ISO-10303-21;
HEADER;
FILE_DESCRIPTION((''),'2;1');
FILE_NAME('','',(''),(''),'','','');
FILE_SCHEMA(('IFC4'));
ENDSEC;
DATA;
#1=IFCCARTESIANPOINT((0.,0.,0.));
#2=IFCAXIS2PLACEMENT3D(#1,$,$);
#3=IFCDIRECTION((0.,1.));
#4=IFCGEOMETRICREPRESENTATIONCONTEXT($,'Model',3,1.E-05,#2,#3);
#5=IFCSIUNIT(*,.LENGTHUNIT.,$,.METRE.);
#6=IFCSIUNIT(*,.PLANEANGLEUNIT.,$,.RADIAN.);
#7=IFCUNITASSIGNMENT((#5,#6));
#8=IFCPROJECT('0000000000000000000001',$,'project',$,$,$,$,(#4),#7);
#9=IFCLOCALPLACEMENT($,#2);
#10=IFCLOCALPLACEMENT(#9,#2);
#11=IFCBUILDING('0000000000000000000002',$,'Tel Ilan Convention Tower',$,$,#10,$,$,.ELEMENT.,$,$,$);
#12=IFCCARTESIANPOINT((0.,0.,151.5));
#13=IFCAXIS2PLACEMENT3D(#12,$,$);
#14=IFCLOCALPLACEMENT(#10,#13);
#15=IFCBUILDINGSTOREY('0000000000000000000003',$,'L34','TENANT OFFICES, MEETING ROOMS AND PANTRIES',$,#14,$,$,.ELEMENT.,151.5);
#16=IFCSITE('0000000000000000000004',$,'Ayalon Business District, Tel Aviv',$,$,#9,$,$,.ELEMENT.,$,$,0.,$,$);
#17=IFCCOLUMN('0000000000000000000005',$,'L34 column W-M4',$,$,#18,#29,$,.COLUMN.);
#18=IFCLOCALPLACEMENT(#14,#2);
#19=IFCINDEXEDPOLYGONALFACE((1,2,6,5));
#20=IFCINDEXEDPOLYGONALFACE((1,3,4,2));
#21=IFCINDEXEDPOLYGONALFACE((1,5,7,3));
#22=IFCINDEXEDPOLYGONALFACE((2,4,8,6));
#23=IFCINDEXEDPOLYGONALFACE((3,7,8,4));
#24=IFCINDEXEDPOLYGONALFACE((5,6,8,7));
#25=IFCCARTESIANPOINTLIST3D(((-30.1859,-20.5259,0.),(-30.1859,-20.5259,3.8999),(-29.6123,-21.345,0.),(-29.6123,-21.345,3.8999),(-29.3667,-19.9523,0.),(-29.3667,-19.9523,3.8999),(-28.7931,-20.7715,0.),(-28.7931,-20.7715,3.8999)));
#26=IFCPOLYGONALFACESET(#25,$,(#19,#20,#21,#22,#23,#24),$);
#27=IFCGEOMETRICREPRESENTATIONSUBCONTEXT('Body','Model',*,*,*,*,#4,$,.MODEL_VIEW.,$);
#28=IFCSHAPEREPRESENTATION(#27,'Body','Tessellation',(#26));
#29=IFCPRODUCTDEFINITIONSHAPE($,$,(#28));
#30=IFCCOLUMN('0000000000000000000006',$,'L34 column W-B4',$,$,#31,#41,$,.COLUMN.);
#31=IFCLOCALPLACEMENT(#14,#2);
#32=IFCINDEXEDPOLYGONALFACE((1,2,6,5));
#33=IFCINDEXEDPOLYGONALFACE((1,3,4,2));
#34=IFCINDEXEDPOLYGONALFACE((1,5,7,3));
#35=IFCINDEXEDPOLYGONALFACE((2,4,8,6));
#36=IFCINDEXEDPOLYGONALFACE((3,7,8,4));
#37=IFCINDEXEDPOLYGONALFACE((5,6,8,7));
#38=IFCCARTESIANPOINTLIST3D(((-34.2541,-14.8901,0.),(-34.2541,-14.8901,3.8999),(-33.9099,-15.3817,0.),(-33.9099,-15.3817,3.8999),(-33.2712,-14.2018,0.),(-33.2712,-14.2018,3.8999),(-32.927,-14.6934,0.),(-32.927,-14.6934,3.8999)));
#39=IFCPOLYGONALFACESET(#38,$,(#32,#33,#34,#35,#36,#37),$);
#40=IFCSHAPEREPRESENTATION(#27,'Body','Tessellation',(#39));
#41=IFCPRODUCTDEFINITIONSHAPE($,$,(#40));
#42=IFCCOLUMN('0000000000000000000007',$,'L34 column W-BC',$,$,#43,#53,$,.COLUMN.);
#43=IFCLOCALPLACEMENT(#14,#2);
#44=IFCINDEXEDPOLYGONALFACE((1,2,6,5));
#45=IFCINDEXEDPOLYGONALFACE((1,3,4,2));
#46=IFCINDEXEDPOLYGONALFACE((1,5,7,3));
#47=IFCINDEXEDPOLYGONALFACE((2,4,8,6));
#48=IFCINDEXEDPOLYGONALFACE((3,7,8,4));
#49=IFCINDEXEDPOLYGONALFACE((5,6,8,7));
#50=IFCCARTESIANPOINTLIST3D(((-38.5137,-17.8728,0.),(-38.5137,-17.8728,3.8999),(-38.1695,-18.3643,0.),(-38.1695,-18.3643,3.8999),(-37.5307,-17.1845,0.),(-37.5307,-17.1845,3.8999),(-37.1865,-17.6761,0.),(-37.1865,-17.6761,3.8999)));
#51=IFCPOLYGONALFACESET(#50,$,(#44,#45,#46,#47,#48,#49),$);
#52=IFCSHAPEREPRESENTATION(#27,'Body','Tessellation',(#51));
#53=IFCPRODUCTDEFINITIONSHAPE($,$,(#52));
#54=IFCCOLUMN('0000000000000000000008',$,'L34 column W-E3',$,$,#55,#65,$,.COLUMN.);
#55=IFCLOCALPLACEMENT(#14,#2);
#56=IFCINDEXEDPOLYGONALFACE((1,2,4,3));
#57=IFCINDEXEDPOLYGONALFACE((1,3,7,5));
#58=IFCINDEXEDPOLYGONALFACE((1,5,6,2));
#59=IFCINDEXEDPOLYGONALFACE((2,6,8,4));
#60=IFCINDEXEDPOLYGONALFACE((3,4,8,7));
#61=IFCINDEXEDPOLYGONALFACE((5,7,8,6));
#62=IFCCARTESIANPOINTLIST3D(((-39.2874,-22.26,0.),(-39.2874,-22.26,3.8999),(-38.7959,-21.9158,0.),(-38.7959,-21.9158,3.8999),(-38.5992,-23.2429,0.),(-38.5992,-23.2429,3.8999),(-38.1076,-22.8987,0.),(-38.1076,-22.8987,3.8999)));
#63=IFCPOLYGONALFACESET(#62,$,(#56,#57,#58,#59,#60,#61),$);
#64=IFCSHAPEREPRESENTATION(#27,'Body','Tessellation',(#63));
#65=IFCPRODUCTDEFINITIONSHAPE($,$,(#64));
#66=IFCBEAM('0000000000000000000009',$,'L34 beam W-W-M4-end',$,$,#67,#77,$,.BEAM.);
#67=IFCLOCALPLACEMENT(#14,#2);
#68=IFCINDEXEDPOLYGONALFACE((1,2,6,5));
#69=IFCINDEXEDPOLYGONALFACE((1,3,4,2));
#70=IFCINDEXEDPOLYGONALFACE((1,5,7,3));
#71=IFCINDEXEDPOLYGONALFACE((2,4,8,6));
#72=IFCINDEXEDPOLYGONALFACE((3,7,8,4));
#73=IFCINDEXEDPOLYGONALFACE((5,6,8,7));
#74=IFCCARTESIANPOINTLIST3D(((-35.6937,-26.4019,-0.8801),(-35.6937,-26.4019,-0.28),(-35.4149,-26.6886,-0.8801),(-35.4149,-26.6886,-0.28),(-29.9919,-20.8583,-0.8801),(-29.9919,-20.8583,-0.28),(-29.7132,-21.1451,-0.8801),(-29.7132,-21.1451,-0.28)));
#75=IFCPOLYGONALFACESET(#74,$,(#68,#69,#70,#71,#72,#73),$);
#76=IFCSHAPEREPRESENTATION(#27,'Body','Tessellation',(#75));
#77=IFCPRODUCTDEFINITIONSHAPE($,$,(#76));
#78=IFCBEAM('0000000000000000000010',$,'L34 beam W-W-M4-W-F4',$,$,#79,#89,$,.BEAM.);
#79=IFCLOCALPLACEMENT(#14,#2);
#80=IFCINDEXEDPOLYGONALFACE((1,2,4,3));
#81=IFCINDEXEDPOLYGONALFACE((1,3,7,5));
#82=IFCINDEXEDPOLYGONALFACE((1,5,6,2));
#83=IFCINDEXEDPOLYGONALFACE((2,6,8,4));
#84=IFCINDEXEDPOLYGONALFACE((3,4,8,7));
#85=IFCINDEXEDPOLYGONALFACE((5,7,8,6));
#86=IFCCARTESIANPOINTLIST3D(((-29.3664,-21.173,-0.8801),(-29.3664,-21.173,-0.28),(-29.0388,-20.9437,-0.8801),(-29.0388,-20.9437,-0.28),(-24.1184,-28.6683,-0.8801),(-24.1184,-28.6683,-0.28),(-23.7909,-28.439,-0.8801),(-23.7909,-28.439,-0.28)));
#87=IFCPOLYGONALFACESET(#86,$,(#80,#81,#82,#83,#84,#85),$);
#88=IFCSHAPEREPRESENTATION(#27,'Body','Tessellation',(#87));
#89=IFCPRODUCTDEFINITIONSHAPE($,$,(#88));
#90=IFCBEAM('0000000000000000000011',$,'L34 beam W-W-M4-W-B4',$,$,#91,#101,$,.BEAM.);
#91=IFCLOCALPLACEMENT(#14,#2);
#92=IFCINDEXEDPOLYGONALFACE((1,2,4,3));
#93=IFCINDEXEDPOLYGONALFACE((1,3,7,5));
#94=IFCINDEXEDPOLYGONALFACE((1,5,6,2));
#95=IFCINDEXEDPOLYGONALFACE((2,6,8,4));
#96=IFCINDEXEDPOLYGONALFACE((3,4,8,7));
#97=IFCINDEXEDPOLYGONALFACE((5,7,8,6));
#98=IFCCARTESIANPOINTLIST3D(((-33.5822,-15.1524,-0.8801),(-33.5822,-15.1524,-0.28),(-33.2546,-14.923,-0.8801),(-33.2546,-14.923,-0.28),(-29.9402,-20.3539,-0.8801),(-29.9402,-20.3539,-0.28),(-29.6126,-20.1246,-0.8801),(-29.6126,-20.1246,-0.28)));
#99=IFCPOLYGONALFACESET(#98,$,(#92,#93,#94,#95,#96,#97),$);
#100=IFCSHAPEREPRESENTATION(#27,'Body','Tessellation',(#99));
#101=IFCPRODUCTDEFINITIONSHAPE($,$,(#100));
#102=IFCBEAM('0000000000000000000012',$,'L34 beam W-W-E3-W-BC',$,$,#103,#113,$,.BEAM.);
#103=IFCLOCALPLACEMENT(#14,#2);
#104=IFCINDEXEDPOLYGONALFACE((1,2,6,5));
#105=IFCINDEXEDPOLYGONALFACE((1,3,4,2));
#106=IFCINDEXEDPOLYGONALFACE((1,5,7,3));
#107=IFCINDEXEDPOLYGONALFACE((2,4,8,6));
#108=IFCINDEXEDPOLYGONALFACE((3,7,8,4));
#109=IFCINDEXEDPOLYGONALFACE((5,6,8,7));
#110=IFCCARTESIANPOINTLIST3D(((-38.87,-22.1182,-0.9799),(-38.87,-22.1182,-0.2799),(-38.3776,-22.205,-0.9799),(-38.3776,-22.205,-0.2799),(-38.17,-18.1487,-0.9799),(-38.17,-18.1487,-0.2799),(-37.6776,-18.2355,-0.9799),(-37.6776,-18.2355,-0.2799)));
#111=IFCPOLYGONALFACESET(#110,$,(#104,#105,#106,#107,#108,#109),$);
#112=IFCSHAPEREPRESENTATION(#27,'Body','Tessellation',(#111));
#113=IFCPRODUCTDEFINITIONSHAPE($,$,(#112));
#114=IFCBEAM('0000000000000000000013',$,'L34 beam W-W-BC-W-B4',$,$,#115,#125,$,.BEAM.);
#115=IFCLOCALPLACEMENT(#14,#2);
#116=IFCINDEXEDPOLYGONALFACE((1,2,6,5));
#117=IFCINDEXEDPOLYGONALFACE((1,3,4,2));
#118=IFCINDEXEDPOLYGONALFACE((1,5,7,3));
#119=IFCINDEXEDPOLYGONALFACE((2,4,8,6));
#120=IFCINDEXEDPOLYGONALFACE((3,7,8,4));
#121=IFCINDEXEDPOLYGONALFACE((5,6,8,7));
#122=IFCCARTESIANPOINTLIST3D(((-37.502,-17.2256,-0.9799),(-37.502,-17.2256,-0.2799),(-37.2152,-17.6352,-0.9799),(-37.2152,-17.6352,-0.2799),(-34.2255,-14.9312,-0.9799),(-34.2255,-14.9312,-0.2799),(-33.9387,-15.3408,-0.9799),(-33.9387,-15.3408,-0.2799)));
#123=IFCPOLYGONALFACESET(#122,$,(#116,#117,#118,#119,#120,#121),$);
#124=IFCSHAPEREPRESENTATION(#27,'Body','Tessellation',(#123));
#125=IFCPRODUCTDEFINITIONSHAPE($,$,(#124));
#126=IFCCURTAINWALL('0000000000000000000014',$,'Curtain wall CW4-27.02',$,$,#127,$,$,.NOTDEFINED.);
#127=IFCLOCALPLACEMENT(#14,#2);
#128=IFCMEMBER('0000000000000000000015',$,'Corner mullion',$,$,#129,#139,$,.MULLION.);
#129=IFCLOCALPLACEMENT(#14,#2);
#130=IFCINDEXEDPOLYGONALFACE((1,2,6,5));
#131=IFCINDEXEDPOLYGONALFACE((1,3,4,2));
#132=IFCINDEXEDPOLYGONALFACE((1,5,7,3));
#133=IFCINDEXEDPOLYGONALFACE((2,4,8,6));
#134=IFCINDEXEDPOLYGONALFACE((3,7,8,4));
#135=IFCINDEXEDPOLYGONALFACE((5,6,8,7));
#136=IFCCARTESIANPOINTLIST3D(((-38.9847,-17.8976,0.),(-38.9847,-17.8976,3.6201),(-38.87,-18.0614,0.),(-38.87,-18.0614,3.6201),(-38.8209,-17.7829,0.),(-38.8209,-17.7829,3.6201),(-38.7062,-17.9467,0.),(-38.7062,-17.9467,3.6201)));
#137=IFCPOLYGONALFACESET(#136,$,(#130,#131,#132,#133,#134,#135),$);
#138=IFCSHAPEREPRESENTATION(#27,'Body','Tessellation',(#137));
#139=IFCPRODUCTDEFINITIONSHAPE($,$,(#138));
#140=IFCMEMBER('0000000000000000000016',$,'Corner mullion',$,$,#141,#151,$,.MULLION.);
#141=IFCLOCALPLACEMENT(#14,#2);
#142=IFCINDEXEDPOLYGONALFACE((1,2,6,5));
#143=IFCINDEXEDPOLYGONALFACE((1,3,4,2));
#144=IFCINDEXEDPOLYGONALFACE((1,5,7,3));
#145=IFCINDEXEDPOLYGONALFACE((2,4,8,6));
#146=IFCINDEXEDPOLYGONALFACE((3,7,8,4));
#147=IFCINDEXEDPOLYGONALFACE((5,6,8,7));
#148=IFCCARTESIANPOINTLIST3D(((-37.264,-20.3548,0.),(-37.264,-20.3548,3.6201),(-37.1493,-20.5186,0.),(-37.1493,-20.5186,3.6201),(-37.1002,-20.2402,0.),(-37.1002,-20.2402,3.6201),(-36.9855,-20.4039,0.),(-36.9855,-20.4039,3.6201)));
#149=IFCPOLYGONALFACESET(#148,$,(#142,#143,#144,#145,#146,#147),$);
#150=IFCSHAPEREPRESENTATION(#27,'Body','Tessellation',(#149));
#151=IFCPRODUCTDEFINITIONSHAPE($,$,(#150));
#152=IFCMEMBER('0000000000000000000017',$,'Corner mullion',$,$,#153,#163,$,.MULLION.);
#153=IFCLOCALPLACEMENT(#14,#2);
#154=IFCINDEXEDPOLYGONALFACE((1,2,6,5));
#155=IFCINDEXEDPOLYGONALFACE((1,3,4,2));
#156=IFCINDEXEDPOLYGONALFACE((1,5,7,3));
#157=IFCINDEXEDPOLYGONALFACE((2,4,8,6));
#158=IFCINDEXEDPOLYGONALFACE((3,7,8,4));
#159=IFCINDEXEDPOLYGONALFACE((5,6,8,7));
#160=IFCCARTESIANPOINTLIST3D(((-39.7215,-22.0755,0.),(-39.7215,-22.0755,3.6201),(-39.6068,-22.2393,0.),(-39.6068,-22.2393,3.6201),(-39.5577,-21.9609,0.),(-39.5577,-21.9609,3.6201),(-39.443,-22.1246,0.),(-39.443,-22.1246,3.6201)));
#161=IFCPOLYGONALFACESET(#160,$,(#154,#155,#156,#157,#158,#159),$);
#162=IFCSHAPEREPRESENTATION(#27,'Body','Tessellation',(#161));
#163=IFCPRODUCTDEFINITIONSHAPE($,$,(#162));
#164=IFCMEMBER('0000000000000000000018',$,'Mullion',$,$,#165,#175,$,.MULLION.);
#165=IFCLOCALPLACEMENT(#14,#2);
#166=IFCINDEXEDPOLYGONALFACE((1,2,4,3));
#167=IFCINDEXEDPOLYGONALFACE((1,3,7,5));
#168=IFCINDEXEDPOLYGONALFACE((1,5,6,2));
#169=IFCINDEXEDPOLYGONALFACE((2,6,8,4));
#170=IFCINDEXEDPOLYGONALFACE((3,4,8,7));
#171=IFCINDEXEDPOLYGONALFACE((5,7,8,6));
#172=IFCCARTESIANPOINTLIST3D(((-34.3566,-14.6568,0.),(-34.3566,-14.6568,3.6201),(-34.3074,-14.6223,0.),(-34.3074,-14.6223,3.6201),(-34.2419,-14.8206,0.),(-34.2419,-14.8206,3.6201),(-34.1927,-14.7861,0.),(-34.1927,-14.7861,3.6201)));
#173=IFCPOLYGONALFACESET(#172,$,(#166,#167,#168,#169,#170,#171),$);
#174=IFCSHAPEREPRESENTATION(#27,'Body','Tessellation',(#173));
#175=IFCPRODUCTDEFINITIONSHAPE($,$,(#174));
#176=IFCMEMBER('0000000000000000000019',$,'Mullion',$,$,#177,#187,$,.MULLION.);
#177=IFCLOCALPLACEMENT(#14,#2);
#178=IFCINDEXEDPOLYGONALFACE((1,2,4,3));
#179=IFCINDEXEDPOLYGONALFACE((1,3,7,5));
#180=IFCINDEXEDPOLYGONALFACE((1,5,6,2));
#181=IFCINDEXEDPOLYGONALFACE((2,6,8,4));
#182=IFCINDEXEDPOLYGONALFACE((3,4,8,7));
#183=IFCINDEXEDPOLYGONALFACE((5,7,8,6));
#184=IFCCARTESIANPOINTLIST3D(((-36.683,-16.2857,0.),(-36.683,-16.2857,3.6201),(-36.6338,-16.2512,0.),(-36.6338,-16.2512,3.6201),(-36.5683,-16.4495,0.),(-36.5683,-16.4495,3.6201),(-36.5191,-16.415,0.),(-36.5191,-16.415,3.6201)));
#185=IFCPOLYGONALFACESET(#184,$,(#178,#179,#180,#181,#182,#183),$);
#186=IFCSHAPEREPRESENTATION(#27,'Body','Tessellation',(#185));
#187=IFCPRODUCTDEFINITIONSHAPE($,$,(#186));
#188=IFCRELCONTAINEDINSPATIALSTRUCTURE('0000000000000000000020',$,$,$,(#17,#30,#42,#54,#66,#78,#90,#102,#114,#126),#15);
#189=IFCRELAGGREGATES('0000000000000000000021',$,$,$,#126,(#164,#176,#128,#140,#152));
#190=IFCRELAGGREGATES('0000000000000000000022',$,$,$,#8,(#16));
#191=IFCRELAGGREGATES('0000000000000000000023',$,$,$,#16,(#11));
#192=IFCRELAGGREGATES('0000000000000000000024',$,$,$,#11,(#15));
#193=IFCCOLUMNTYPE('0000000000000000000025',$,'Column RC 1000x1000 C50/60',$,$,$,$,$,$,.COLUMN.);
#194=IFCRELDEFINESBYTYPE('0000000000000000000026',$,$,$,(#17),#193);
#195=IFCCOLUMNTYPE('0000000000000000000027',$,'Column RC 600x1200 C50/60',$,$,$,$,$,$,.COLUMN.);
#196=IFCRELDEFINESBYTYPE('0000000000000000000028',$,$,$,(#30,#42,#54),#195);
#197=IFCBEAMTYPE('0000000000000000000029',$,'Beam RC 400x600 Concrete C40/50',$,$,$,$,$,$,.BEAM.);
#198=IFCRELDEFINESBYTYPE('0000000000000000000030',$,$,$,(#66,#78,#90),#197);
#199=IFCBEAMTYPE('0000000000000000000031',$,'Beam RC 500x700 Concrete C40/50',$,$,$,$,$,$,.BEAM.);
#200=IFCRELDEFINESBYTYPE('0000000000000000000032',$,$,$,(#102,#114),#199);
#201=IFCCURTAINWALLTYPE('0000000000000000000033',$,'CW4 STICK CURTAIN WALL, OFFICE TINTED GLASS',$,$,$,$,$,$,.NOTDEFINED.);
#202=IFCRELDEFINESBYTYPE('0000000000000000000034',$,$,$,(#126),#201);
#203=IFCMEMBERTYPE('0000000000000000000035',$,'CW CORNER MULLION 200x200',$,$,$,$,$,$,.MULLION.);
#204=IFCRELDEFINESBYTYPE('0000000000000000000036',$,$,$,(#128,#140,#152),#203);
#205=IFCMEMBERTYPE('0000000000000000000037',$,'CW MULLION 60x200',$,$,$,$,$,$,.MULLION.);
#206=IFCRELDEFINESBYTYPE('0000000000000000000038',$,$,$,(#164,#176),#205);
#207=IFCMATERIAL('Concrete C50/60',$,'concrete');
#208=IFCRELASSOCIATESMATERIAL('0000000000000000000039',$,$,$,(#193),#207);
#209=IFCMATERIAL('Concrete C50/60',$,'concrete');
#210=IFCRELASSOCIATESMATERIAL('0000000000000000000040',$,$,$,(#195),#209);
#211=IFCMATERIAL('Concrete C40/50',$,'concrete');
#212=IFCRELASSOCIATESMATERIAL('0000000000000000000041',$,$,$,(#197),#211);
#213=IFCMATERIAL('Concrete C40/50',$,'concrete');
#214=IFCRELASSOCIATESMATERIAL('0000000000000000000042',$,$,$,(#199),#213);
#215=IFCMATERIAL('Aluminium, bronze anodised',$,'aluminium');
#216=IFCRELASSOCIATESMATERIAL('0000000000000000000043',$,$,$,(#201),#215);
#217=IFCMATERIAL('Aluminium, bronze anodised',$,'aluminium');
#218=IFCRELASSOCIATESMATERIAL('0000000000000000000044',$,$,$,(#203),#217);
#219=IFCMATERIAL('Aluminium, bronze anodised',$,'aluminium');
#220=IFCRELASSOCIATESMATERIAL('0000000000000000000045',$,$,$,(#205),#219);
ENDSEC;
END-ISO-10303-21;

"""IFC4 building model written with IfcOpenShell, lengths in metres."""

from ifc_helpers import new_model, si_unit, direction, frame, origin, origin_2d, place, context, subcontext, project, spatial, rectangle, extrude, material, material_profile, profile_set, type_object, element, aggregate, save


model = new_model("IFC4")

# Units and contexts
model_context = context("Model", 3, precision=1e-05, world=origin(), true_north=direction((0.0, 1.0)))
body_context = subcontext(model_context, "Body", "Model", "MODEL_VIEW")
ifc_project = project(units=[si_unit("LENGTHUNIT", "METRE"), si_unit("PLANEANGLEUNIT", "RADIAN")], contexts=[model_context])

# Site, building, storey
site_placement = place(None, origin())
site = spatial("IfcSite", under=ifc_project, at=site_placement, Name="Ayalon Business District, Tel Aviv", CompositionType="ELEMENT", RefElevation=0.0)
building_placement = place(site_placement, origin())
building = spatial("IfcBuilding", under=site, at=building_placement, Name="Tel Ilan Convention Tower", CompositionType="ELEMENT")
storey_placement = place(building_placement, frame((0.0, 0.0, 151.5)))
storey = spatial("IfcBuildingStorey", under=building, at=storey_placement, Name="L34", Description="TENANT OFFICES, MEETING ROOMS AND PANTRIES", CompositionType="ELEMENT", Elevation=151.5)

# Columns
ifc_material_1 = material(Name="Concrete C50/60", Category="concrete")
ifc_material_profile_1 = material_profile(ifc_material_1, rectangle(XDim=1.0, YDim=1.0, at=origin_2d()), Name="RC 1000x1000")
ifc_profile_set_1 = profile_set([ifc_material_profile_1], Name="Concrete C50/60")
column_type_1 = type_object("IfcColumnType", Name="Column RC 1000x1000 C50/60", PredefinedType="COLUMN", material=ifc_profile_set_1)
column_placement = place(storey_placement, frame((-29.4895, -20.6487, 0.0), z_axis=(0.0, 0.0, 1.0), x_axis=(-0.819152, -0.573576, 0.0)))
element("IfcColumn", 1, at=column_placement, inside=storey, type_object=column_type_1, Name="L34 column W-M4", PredefinedType="COLUMN", context=body_context, shape_type="SweptSolid", body=[
    extrude(rectangle(XDim=1.0, YDim=1.0, at=origin_2d()), origin(), (0.0, 0.0, 1.0), 3.8999),
])
ifc_material_2 = material(Name="Concrete C50/60", Category="concrete")
ifc_material_profile_2 = material_profile(ifc_material_2, rectangle(XDim=1.2, YDim=0.6001, at=origin_2d()), Name="RC 600x1200")
ifc_profile_set_2 = profile_set([ifc_material_profile_2], Name="Concrete C50/60")
column_type_2 = type_object("IfcColumnType", Name="Column RC 600x1200 C50/60", PredefinedType="COLUMN", material=ifc_profile_set_2)
for number, where, z_axis, x_axis, name in (
    (2, (-33.5906, -14.7917, 0.0), (0.0, 0.0, 1.0), (-0.819152, -0.573576, 0.0), "L34 column W-B4"),
    (3, (-37.8501, -17.7744, 0.0), (0.0, 0.0, 1.0), (-0.819152, -0.573576, 0.0), "L34 column W-BC"),
    (4, (-38.6975, -22.5793, 0.0), (0.0, 0.0, 1.0), (-0.573576, 0.819152, 0.0), "L34 column W-E3"),
):
    element("IfcColumn", number, at=place(storey_placement, frame(where, z_axis=z_axis, x_axis=x_axis)), inside=storey, type_object=column_type_2, Name=name, PredefinedType="COLUMN", context=body_context, shape_type="SweptSolid", body=[
        extrude(rectangle(XDim=1.2, YDim=0.6001, at=origin_2d()), origin(), (0.0, 0.0, 1.0), 3.8999),
    ])

# Beams
ifc_material_3 = material(Name="Concrete C40/50", Category="concrete")
ifc_material_profile_3 = material_profile(ifc_material_3, rectangle(XDim=0.3999, YDim=0.6001, at=origin_2d()), Name="RC 400x600")
ifc_profile_set_3 = profile_set([ifc_material_profile_3], Name="Concrete C40/50")
beam_type_1 = type_object("IfcBeamType", Name="Beam RC 400x600 Concrete C40/50", PredefinedType="BEAM", material=ifc_profile_set_3)
beam_1_placement = place(storey_placement, frame((-29.8525, -21.0017, -0.5801), z_axis=(-0.716984, -0.69709, 0.0), x_axis=(0.69709, -0.716984, 0.0)))
element("IfcBeam", 5, at=beam_1_placement, inside=storey, type_object=beam_type_1, Name="L34 beam W-W-M4-end", PredefinedType="BEAM", context=body_context, shape_type="SweptSolid", body=[
    extrude(rectangle(XDim=0.3999, YDim=0.6001, at=origin_2d()), origin(), (0.0, 0.0, 1.0), 7.9524),
])
beam_2_placement = place(storey_placement, frame((-29.2026, -21.0583, -0.5801), z_axis=(0.573557, -0.819165, 0.0), x_axis=(0.819165, 0.573557, 0.0)))
element("IfcBeam", 6, at=beam_2_placement, inside=storey, type_object=beam_type_1, Name="L34 beam W-W-M4-W-F4", PredefinedType="BEAM", context=body_context, shape_type="SweptSolid", body=[
    extrude(rectangle(XDim=0.3999, YDim=0.6001, at=origin_2d()), origin(), (0.0, 0.0, 1.0), 9.1499),
])
beam_3_placement = place(storey_placement, frame((-29.7764, -20.2393, -0.5801), z_axis=(-0.57356, 0.819163, 0.0), x_axis=(-0.819163, -0.57356, 0.0)))
element("IfcBeam", 7, at=beam_3_placement, inside=storey, type_object=beam_type_1, Name="L34 beam W-W-M4-W-B4", PredefinedType="BEAM", context=body_context, shape_type="SweptSolid", body=[
    extrude(rectangle(XDim=0.3999, YDim=0.6001, at=origin_2d()), origin(), (0.0, 0.0, 1.0), 6.3499),
])
ifc_material_4 = material(Name="Concrete C40/50", Category="concrete")
ifc_material_profile_4 = material_profile(ifc_material_4, rectangle(XDim=0.5, YDim=0.7, at=origin_2d()), Name="RC 500x700")
ifc_profile_set_4 = profile_set([ifc_material_profile_4], Name="Concrete C40/50")
beam_type_2 = type_object("IfcBeamType", Name="Beam RC 500x700 Concrete C40/50", PredefinedType="BEAM", material=ifc_profile_set_4)
beam_4_placement = place(storey_placement, frame((-38.6238, -22.1616, -0.6299), z_axis=(0.173654, 0.984807, 0.0), x_axis=(-0.984807, 0.173654, 0.0)))
element("IfcBeam", 8, at=beam_4_placement, inside=storey, type_object=beam_type_2, Name="L34 beam W-W-E3-W-BC", PredefinedType="BEAM", context=body_context, shape_type="SweptSolid", body=[
    extrude(rectangle(XDim=0.5, YDim=0.7, at=origin_2d()), origin(), (0.0, 0.0, 1.0), 4.0308),
])
beam_5_placement = place(storey_placement, frame((-37.3586, -17.4304, -0.6299), z_axis=(0.819137, 0.573598, 0.0), x_axis=(-0.573598, 0.819137, 0.0)))
element("IfcBeam", 9, at=beam_5_placement, inside=storey, type_object=beam_type_2, Name="L34 beam W-W-BC-W-B4", PredefinedType="BEAM", context=body_context, shape_type="SweptSolid", body=[
    extrude(rectangle(XDim=0.5, YDim=0.7, at=origin_2d()), origin(), (0.0, 0.0, 1.0), 4.0),
])

# Curtain wall, members
ifc_material_5 = material(Name="Aluminium, bronze anodised", Category="aluminium")
curtain_wall_type = type_object("IfcCurtainWallType", Name="CW4 STICK CURTAIN WALL, OFFICE TINTED GLASS", PredefinedType="NOTDEFINED", material=ifc_material_5)
curtain_wall_placement = place(storey_placement, origin())
curtain_wall = element("IfcCurtainWall", 10, at=curtain_wall_placement, inside=storey, type_object=curtain_wall_type, Name="Curtain wall CW4-27.02", PredefinedType="NOTDEFINED")
ifc_material_6 = material(Name="Aluminium, bronze anodised", Category="aluminium")
ifc_material_profile_5 = material_profile(ifc_material_6, rectangle(XDim=0.2, YDim=0.2, at=origin_2d()), Name="CW CORNER MULLION 200x200")
ifc_profile_set_5 = profile_set([ifc_material_profile_5], Name="Aluminium, bronze anodised")
member_type_1 = type_object("IfcMemberType", Name="CW CORNER MULLION 200x200", PredefinedType="MULLION", material=ifc_profile_set_5)
member_1_placement = place(storey_placement, frame((-38.8455, -17.9221, 0.0), z_axis=(0.0, 0.0, 1.0), x_axis=(-0.819152, -0.573576, 0.0)))
member_1 = element("IfcMember", 11, at=member_1_placement, type_object=member_type_1, Name="Corner mullion", PredefinedType="MULLION", context=body_context, shape_type="SweptSolid", body=[
    extrude(rectangle(XDim=0.2, YDim=0.2, at=origin_2d()), origin(), (0.0, 0.0, 1.0), 3.6201),
])
member_2_placement = place(storey_placement, frame((-37.1248, -20.3794, 0.0), z_axis=(0.0, 0.0, 1.0), x_axis=(0.573576, -0.819152, 0.0)))
member_2 = element("IfcMember", 12, at=member_2_placement, type_object=member_type_1, Name="Corner mullion", PredefinedType="MULLION", context=body_context, shape_type="SweptSolid", body=[
    extrude(rectangle(XDim=0.2, YDim=0.2, at=origin_2d()), origin(), (0.0, 0.0, 1.0), 3.6201),
])
member_3_placement = place(storey_placement, frame((-39.5823, -22.1001, 0.0), z_axis=(0.0, 0.0, 1.0), x_axis=(-0.819152, -0.573576, 0.0)))
member_3 = element("IfcMember", 13, at=member_3_placement, type_object=member_type_1, Name="Corner mullion", PredefinedType="MULLION", context=body_context, shape_type="SweptSolid", body=[
    extrude(rectangle(XDim=0.2, YDim=0.2, at=origin_2d()), origin(), (0.0, 0.0, 1.0), 3.6201),
])
ifc_material_7 = material(Name="Aluminium, bronze anodised", Category="aluminium")
ifc_material_profile_6 = material_profile(ifc_material_7, rectangle(XDim=0.0601, YDim=0.2, at=origin_2d()), Name="CW MULLION 60x200")
ifc_profile_set_6 = profile_set([ifc_material_profile_6], Name="Aluminium, bronze anodised")
member_type_2 = type_object("IfcMemberType", Name="CW MULLION 60x200", PredefinedType="MULLION", material=ifc_profile_set_6)
member_4_placement = place(storey_placement, frame((-34.2747, -14.7214, 0.0), z_axis=(0.0, 0.0, 1.0), x_axis=(-0.819152, -0.573576, 0.0)))
member_4 = element("IfcMember", 14, at=member_4_placement, type_object=member_type_2, Name="Mullion", PredefinedType="MULLION", context=body_context, shape_type="SweptSolid", body=[
    extrude(rectangle(XDim=0.0601, YDim=0.2, at=origin_2d()), origin(), (0.0, 0.0, 1.0), 3.6201),
])
member_5_placement = place(storey_placement, frame((-36.6011, -16.3503, 0.0), z_axis=(0.0, 0.0, 1.0), x_axis=(-0.819152, -0.573576, 0.0)))
member_5 = element("IfcMember", 15, at=member_5_placement, type_object=member_type_2, Name="Mullion", PredefinedType="MULLION", context=body_context, shape_type="SweptSolid", body=[
    extrude(rectangle(XDim=0.0601, YDim=0.2, at=origin_2d()), origin(), (0.0, 0.0, 1.0), 3.6201),
])
aggregate(curtain_wall, [member_4, member_5, member_1, member_2, member_3])

save(model, "model.ifc")
